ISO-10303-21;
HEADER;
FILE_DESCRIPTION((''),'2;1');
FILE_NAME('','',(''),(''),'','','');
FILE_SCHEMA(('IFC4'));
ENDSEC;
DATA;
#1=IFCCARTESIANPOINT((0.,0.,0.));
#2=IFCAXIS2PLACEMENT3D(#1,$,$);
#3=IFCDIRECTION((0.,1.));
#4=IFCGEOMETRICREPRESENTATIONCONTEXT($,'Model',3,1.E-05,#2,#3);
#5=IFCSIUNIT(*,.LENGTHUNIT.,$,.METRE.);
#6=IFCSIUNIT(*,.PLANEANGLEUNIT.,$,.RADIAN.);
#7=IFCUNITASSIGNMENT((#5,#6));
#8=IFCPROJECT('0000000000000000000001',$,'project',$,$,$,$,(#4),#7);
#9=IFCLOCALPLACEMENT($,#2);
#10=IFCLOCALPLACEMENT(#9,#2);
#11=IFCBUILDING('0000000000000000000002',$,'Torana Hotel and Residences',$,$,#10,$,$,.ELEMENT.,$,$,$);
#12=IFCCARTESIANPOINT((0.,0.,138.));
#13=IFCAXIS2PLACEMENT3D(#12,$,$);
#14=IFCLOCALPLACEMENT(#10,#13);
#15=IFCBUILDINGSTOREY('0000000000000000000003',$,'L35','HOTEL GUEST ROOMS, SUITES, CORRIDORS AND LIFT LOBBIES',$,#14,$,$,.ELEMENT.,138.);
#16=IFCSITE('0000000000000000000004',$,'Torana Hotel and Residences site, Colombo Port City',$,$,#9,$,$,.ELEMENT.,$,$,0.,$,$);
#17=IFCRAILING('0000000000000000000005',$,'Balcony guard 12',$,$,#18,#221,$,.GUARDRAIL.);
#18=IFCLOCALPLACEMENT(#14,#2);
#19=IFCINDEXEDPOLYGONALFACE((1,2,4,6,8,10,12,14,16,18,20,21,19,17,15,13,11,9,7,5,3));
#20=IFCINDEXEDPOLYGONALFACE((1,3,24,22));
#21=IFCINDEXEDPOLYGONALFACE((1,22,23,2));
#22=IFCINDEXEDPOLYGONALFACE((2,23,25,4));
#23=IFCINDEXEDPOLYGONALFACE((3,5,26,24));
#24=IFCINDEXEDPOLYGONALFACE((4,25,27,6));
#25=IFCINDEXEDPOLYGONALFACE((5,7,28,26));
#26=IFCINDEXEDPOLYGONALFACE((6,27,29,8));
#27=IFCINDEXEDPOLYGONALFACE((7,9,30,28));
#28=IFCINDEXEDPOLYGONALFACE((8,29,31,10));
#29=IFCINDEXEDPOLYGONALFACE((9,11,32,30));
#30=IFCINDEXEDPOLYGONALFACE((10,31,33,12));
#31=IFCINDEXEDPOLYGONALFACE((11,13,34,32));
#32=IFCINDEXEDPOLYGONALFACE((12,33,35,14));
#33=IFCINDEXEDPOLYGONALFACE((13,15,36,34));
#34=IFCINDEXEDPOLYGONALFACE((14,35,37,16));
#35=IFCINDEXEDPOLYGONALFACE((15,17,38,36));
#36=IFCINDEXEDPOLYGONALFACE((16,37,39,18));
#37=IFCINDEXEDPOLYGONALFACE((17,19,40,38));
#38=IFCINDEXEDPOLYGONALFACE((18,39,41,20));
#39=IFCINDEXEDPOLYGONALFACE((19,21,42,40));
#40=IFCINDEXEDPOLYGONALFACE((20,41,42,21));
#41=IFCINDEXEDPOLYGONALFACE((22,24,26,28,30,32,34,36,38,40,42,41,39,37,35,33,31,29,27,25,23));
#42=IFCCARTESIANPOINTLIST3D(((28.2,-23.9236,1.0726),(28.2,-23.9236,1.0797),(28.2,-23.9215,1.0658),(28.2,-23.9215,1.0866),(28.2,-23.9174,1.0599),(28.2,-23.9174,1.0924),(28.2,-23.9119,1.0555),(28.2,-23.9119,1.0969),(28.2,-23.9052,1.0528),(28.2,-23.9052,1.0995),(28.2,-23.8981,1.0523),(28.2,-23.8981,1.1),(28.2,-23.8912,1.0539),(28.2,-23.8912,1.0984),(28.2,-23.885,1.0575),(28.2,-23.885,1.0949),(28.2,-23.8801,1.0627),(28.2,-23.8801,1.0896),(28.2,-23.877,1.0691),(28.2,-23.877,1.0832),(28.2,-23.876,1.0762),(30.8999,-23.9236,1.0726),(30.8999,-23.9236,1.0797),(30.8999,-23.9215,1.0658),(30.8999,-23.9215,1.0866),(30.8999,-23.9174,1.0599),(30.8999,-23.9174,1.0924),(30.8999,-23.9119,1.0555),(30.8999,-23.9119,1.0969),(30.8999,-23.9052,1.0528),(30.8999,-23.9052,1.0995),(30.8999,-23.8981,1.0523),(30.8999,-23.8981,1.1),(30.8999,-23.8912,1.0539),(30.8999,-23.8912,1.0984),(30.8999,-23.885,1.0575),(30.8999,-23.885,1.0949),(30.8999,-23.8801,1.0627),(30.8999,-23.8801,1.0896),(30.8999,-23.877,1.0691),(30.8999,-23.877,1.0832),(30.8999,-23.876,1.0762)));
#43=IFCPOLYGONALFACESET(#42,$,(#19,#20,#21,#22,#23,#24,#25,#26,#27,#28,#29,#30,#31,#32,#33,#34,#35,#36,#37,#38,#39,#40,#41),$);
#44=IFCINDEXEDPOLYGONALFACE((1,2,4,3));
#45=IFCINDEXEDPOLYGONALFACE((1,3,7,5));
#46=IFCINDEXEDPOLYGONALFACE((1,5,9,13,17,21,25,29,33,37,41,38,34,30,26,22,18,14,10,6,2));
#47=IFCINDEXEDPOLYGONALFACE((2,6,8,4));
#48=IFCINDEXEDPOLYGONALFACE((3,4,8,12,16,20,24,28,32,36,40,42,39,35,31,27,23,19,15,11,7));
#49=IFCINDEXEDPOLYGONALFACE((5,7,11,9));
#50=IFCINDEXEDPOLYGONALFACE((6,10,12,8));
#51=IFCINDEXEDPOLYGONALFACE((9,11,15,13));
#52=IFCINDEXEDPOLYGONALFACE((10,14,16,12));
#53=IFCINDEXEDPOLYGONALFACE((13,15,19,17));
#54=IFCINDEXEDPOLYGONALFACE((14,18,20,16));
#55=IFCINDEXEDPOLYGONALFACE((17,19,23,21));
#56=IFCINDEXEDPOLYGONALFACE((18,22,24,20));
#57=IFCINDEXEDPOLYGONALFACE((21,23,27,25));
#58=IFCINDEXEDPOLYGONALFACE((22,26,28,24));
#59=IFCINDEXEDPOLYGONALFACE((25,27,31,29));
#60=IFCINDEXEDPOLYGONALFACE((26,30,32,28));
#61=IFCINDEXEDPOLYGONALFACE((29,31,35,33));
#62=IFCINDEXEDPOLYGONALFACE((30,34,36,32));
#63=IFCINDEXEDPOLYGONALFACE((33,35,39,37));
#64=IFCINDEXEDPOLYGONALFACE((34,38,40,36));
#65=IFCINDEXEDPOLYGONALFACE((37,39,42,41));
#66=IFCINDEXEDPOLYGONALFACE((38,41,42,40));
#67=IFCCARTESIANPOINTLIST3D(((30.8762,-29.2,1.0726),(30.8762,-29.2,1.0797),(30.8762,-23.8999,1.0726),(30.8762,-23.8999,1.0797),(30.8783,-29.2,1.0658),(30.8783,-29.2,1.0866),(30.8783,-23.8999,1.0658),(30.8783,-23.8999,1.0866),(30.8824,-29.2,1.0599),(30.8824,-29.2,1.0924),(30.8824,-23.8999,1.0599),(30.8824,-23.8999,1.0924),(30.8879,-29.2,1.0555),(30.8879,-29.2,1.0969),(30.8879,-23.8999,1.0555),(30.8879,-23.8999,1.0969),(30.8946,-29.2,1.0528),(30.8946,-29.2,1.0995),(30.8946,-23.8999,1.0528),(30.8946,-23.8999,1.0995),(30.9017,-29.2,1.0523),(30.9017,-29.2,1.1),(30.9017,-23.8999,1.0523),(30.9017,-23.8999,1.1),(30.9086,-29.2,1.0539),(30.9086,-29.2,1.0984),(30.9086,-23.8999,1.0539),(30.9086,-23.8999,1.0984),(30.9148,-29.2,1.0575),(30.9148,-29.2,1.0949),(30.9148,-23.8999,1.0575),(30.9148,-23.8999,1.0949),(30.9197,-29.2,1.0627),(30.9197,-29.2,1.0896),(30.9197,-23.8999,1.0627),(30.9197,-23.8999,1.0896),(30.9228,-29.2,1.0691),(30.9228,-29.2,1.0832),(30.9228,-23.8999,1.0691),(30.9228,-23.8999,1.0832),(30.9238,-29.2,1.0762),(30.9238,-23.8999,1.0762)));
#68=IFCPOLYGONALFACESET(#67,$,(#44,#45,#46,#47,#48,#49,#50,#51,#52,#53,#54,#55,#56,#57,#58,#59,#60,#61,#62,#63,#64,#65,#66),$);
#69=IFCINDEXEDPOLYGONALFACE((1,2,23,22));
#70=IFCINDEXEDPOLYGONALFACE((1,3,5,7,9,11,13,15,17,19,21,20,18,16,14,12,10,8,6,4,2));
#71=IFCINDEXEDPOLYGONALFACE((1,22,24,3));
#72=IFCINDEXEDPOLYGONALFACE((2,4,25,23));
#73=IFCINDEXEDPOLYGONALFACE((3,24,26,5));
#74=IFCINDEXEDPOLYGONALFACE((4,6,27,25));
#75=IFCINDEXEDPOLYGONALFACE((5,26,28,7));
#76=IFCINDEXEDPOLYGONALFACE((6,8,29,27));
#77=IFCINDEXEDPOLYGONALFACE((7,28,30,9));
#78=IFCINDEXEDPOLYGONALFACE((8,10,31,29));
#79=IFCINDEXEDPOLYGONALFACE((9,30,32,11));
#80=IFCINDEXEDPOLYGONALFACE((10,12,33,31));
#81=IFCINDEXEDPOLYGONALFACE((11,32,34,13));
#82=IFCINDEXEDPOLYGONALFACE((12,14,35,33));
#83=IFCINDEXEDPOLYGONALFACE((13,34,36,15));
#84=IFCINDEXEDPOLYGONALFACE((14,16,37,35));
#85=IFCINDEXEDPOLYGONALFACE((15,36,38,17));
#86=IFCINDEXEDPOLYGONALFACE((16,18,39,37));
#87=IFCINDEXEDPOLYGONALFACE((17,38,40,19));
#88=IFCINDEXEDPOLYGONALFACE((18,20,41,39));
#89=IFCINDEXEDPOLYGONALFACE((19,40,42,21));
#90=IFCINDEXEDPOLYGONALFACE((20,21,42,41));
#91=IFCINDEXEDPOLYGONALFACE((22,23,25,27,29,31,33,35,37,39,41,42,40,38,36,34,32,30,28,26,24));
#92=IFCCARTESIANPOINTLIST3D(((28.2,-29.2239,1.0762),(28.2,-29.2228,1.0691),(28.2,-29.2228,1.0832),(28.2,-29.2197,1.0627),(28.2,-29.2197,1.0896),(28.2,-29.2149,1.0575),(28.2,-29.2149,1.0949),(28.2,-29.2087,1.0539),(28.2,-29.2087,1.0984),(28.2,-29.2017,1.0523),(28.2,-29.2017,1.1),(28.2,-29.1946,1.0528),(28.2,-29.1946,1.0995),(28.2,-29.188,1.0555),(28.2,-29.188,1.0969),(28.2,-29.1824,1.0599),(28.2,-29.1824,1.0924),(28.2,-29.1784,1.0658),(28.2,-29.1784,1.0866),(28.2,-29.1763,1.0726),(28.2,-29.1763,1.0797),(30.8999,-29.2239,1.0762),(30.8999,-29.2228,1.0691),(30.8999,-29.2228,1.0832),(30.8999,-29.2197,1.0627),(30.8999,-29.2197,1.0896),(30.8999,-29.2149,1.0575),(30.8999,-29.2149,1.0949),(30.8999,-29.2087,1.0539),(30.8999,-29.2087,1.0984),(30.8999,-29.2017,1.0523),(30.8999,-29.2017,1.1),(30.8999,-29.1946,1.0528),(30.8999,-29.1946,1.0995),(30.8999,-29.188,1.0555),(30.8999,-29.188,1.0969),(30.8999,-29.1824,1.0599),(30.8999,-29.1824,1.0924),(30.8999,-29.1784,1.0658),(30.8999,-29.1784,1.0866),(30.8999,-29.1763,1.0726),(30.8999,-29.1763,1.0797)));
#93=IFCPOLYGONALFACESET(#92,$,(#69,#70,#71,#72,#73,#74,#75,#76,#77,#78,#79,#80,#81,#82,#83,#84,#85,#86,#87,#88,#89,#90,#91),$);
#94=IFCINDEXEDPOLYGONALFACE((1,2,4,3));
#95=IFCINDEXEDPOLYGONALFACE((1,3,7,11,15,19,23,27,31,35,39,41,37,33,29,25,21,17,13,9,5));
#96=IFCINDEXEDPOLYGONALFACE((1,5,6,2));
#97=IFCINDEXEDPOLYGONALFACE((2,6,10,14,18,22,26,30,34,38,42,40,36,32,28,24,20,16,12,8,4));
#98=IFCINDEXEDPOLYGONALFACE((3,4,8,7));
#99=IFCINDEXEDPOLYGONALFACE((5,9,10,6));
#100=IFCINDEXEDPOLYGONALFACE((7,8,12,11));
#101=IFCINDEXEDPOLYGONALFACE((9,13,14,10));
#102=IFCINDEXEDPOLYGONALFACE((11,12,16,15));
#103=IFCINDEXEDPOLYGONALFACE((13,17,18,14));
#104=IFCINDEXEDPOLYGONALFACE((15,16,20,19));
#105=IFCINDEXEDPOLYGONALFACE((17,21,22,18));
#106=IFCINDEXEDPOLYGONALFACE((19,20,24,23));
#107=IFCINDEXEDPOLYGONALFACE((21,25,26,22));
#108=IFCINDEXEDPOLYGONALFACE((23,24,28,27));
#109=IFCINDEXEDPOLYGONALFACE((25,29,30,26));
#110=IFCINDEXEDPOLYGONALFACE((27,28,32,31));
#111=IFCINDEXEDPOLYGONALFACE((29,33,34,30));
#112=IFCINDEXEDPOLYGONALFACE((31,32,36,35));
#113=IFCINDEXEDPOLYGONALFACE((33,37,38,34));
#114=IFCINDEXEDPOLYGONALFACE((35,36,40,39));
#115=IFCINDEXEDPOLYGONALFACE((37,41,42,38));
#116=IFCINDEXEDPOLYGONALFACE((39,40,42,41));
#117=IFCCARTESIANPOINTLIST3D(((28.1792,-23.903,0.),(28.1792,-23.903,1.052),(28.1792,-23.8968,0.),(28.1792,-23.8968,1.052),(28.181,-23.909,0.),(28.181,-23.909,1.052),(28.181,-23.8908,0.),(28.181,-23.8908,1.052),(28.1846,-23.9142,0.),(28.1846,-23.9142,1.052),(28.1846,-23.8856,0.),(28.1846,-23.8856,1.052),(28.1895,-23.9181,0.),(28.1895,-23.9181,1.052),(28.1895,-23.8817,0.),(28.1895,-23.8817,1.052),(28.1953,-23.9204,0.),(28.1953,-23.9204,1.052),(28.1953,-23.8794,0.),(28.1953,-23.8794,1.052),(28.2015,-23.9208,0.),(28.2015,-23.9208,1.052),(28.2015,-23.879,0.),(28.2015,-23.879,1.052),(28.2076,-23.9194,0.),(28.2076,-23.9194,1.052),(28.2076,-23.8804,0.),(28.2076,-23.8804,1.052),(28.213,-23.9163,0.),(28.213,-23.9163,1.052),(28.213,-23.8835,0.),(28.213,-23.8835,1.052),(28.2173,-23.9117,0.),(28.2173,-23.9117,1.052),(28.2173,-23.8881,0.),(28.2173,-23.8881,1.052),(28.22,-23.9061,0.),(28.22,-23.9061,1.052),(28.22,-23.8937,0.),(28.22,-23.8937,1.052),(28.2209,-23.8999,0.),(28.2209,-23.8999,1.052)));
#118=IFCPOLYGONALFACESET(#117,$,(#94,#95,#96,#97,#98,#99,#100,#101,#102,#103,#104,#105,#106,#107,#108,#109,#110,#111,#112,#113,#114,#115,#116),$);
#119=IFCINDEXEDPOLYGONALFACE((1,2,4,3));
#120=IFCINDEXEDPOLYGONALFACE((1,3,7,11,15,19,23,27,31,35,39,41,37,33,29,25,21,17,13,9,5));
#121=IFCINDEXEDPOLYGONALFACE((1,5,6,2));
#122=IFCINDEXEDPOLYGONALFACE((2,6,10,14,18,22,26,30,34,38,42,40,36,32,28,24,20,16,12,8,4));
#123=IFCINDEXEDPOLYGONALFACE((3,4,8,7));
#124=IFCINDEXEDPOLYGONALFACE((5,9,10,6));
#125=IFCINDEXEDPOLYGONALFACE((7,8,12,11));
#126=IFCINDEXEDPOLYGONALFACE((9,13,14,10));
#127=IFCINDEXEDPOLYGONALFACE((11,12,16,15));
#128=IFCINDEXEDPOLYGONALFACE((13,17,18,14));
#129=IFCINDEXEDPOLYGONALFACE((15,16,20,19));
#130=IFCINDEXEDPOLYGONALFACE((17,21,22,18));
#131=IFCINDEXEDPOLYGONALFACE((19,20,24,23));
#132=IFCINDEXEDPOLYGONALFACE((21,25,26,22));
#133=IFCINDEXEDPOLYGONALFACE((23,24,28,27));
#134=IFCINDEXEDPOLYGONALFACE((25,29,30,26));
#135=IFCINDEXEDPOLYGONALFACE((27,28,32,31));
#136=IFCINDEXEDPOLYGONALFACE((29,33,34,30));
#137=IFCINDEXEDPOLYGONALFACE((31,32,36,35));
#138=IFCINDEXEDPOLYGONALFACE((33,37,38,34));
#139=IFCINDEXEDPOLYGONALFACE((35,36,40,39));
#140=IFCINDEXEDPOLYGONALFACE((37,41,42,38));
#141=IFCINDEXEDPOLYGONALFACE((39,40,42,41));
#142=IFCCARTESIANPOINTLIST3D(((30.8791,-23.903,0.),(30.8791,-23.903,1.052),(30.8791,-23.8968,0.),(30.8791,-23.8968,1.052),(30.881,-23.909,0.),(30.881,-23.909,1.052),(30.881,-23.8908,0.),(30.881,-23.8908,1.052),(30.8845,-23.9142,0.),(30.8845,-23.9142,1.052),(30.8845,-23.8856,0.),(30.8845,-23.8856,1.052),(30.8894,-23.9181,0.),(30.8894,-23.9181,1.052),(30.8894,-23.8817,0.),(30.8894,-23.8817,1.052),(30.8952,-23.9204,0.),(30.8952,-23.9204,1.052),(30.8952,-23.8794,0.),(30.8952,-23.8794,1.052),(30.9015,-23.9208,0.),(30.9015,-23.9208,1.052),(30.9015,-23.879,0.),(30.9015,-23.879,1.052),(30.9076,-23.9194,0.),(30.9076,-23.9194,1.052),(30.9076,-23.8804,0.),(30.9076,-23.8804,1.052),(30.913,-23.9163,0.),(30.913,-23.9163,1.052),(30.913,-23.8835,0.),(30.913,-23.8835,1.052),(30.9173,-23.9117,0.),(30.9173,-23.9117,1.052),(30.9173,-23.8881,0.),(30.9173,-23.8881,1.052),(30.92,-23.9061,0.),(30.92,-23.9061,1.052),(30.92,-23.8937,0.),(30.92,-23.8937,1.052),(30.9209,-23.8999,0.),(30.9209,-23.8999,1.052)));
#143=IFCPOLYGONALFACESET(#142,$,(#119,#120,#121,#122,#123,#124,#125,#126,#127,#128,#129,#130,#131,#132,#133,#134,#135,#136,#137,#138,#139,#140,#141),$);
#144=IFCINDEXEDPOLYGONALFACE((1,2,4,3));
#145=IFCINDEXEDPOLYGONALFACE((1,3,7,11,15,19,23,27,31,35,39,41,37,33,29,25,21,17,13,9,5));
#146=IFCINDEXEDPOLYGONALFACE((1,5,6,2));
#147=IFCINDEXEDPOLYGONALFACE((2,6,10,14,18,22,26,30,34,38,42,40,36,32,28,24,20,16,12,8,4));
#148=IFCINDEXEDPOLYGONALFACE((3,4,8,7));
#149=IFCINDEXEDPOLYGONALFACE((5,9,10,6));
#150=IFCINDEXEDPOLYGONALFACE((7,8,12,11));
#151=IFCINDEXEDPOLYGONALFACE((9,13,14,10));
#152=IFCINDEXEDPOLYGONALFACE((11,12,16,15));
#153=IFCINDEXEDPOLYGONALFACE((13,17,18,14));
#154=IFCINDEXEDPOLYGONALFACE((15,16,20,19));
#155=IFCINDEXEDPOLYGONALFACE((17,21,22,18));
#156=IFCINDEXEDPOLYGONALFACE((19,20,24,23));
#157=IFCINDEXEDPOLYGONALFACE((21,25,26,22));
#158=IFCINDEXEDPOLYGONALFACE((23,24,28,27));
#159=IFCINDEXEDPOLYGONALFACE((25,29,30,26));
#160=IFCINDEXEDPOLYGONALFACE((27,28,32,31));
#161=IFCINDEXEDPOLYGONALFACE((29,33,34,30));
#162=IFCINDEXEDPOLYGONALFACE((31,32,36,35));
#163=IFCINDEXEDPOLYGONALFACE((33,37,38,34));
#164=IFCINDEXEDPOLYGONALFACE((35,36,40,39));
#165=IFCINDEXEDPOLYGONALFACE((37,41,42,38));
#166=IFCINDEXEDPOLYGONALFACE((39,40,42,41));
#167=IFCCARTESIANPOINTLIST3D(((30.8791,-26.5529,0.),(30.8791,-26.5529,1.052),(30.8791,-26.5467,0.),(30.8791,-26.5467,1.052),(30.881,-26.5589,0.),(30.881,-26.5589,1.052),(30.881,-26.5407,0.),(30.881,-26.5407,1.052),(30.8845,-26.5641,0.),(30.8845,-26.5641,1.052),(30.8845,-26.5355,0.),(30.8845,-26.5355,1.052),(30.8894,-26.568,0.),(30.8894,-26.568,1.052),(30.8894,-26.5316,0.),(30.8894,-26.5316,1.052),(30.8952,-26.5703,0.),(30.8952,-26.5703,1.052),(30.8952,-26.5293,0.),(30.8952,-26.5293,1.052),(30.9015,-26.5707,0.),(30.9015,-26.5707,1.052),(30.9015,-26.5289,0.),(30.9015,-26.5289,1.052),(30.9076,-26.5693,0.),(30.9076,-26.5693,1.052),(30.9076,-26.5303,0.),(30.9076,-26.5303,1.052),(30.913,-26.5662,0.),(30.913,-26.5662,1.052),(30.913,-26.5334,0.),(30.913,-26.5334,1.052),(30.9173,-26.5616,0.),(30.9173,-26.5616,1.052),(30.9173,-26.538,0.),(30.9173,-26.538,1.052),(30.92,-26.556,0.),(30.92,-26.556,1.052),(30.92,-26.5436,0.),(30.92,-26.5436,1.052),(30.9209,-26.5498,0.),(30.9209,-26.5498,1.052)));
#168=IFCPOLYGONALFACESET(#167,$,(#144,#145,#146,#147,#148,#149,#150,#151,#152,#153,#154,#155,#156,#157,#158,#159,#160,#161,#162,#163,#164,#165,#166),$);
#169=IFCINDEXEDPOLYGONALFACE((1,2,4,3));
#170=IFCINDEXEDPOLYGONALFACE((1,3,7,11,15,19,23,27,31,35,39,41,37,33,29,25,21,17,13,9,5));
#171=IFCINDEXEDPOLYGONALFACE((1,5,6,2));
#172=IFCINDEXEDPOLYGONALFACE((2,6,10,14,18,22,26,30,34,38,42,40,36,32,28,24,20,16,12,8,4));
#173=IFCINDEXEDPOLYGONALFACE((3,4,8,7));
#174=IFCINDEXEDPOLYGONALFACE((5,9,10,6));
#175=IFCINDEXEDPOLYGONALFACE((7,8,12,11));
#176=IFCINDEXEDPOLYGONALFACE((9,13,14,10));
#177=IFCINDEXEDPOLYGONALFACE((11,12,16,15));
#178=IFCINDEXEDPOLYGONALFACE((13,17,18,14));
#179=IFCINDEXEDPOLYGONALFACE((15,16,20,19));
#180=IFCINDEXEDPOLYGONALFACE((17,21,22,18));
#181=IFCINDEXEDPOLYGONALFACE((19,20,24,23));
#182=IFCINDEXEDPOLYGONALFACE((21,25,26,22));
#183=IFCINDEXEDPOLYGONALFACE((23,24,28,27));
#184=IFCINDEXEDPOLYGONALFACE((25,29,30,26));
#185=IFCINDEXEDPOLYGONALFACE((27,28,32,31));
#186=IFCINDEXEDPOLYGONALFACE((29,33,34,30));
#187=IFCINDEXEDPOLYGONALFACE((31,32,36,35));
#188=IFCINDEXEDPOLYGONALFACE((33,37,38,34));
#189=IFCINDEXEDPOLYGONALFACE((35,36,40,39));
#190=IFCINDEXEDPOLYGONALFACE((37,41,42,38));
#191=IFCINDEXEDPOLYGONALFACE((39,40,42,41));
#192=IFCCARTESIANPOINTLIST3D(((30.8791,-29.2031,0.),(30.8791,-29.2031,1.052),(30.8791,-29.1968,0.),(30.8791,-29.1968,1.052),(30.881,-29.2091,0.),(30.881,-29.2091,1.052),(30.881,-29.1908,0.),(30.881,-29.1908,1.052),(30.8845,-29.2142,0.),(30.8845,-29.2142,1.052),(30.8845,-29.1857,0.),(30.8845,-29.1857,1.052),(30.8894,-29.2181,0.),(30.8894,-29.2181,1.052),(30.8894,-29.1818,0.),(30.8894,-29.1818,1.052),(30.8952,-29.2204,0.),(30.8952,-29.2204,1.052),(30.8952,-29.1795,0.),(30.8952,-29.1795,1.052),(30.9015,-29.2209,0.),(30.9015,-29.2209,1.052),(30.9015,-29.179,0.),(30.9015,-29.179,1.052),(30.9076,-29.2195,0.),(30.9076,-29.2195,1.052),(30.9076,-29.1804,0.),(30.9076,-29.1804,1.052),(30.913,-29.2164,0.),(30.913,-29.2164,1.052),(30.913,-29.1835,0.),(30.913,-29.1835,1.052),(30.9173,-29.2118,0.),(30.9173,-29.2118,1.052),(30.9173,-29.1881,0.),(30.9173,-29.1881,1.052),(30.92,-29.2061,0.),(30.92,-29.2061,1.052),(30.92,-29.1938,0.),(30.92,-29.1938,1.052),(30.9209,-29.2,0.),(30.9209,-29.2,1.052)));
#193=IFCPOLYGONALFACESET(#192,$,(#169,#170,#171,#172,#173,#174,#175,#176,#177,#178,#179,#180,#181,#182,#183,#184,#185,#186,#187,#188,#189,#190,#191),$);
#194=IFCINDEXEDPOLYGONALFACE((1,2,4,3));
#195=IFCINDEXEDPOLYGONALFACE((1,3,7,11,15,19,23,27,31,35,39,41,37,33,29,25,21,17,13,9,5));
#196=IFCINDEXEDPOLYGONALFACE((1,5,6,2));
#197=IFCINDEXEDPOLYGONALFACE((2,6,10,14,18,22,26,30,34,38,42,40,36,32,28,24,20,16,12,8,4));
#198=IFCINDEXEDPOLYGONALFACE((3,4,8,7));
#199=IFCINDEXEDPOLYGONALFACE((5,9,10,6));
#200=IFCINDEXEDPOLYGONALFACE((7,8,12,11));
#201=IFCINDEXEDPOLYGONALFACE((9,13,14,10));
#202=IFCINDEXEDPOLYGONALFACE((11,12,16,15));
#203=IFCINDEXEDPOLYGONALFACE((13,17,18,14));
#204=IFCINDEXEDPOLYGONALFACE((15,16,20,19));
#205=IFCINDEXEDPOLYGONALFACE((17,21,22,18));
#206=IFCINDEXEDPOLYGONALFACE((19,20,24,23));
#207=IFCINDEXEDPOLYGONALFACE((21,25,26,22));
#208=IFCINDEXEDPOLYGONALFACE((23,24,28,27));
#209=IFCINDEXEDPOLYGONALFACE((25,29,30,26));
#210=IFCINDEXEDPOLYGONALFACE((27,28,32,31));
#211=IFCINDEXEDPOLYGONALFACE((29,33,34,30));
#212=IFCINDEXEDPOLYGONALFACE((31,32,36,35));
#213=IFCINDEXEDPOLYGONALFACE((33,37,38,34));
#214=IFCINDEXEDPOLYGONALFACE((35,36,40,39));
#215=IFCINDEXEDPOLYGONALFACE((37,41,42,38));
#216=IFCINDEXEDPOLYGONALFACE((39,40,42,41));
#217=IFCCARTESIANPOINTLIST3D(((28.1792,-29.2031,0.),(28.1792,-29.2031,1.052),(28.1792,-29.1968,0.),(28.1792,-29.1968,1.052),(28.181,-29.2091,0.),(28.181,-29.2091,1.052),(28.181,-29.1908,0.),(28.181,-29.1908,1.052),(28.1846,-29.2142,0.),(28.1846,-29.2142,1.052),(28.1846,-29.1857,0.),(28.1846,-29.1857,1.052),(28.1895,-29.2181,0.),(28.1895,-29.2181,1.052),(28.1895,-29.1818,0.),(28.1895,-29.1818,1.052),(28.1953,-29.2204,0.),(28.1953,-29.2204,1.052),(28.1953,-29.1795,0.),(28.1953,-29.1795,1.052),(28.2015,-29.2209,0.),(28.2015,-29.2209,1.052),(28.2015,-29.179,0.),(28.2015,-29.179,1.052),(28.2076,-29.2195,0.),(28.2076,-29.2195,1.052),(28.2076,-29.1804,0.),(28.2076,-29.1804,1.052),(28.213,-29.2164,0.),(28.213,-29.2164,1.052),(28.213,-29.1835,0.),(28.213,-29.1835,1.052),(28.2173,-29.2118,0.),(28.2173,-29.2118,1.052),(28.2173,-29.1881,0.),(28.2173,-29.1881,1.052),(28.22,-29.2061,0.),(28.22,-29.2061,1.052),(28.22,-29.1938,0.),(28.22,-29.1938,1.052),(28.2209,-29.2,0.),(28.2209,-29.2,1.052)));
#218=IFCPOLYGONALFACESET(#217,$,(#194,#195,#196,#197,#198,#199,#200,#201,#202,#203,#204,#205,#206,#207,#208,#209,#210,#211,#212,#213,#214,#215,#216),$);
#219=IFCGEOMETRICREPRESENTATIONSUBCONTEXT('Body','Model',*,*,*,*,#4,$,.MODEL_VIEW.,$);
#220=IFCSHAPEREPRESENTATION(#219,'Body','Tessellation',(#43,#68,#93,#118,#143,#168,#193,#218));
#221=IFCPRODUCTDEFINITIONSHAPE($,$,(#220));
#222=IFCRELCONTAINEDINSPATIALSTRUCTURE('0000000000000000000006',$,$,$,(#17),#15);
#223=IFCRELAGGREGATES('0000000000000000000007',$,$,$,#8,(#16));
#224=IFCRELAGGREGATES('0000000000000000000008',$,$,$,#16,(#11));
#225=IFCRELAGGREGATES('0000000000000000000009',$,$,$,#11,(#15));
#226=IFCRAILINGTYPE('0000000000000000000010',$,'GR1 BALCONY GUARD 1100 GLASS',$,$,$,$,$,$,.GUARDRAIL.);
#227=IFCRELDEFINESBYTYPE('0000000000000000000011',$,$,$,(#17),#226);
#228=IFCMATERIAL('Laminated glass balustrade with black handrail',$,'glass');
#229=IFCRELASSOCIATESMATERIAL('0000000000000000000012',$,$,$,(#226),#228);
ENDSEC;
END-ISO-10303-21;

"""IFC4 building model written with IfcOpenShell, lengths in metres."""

from ifc_helpers import new_model, si_unit, direction, frame, origin, origin_2d, place, context, subcontext, project, spatial, circle, extrude, material, type_object, element, save


model = new_model("IFC4")

# Units and contexts
model_context = context("Model", 3, precision=1e-05, world=origin(), true_north=direction((0.0, 1.0)))
body_context = subcontext(model_context, "Body", "Model", "MODEL_VIEW")
ifc_project = project(units=[si_unit("LENGTHUNIT", "METRE"), si_unit("PLANEANGLEUNIT", "RADIAN")], contexts=[model_context])

# Site, building, storey
site_placement = place(None, origin())
site = spatial("IfcSite", under=ifc_project, at=site_placement, Name="Torana Hotel and Residences site, Colombo Port City", CompositionType="ELEMENT", RefElevation=0.0)
building_placement = place(site_placement, origin())
building = spatial("IfcBuilding", under=site, at=building_placement, Name="Torana Hotel and Residences", CompositionType="ELEMENT")
storey_placement = place(building_placement, frame((0.0, 0.0, 138.0)))
storey = spatial("IfcBuildingStorey", under=building, at=storey_placement, Name="L35", Description="HOTEL GUEST ROOMS, SUITES, CORRIDORS AND LIFT LOBBIES", CompositionType="ELEMENT", Elevation=138.0)

# Railing
ifc_material_1 = material(Name="Laminated glass balustrade with black handrail", Category="glass")
railing_type = type_object("IfcRailingType", Name="GR1 BALCONY GUARD 1100 GLASS", PredefinedType="GUARDRAIL", material=ifc_material_1)
railing_1_placement = place(storey_placement, frame((28.2, -23.8999, 0.0)))
element("IfcRailing", 1, at=railing_1_placement, inside=storey, type_object=railing_type, Name="Balcony guard 12", PredefinedType="GUARDRAIL", context=body_context, shape_type="SweptSolid", body=[
    extrude(circle(Radius=0.0239, at=origin_2d()), frame((0.0, 0.0, 1.0762), z_axis=(1.0, 0.0, 0.0), x_axis=(0.0, 1.0, 0.0)), (0.0, 0.0, 1.0), 2.7),
    extrude(circle(Radius=0.0239, at=origin_2d()), frame((2.7, 0.0, 1.0762), z_axis=(0.0, -1.0, 0.0), x_axis=(1.0, 0.0, 0.0)), (0.0, 0.0, 1.0), 5.3),
    extrude(circle(Radius=0.0239, at=origin_2d()), frame((2.7, -5.3, 1.0762), z_axis=(-1.0, 0.0, 0.0), x_axis=(0.0, -1.0, 0.0)), (0.0, 0.0, 1.0), 2.7),
    extrude(circle(Radius=0.021, at=origin_2d()), origin(), (0.0, 0.0, 1.0), 1.052),
    extrude(circle(Radius=0.021, at=origin_2d()), frame((2.7, 0.0, 0.0)), (0.0, 0.0, 1.0), 1.052),
    extrude(circle(Radius=0.021, at=origin_2d()), frame((2.7, -2.6499, 0.0)), (0.0, 0.0, 1.0), 1.052),
    extrude(circle(Radius=0.021, at=origin_2d()), frame((2.7, -5.3, 0.0)), (0.0, 0.0, 1.0), 1.052),
    extrude(circle(Radius=0.021, at=origin_2d()), frame((0.0, -5.3, 0.0)), (0.0, 0.0, 1.0), 1.052),
])

save(model, "model.ifc")
